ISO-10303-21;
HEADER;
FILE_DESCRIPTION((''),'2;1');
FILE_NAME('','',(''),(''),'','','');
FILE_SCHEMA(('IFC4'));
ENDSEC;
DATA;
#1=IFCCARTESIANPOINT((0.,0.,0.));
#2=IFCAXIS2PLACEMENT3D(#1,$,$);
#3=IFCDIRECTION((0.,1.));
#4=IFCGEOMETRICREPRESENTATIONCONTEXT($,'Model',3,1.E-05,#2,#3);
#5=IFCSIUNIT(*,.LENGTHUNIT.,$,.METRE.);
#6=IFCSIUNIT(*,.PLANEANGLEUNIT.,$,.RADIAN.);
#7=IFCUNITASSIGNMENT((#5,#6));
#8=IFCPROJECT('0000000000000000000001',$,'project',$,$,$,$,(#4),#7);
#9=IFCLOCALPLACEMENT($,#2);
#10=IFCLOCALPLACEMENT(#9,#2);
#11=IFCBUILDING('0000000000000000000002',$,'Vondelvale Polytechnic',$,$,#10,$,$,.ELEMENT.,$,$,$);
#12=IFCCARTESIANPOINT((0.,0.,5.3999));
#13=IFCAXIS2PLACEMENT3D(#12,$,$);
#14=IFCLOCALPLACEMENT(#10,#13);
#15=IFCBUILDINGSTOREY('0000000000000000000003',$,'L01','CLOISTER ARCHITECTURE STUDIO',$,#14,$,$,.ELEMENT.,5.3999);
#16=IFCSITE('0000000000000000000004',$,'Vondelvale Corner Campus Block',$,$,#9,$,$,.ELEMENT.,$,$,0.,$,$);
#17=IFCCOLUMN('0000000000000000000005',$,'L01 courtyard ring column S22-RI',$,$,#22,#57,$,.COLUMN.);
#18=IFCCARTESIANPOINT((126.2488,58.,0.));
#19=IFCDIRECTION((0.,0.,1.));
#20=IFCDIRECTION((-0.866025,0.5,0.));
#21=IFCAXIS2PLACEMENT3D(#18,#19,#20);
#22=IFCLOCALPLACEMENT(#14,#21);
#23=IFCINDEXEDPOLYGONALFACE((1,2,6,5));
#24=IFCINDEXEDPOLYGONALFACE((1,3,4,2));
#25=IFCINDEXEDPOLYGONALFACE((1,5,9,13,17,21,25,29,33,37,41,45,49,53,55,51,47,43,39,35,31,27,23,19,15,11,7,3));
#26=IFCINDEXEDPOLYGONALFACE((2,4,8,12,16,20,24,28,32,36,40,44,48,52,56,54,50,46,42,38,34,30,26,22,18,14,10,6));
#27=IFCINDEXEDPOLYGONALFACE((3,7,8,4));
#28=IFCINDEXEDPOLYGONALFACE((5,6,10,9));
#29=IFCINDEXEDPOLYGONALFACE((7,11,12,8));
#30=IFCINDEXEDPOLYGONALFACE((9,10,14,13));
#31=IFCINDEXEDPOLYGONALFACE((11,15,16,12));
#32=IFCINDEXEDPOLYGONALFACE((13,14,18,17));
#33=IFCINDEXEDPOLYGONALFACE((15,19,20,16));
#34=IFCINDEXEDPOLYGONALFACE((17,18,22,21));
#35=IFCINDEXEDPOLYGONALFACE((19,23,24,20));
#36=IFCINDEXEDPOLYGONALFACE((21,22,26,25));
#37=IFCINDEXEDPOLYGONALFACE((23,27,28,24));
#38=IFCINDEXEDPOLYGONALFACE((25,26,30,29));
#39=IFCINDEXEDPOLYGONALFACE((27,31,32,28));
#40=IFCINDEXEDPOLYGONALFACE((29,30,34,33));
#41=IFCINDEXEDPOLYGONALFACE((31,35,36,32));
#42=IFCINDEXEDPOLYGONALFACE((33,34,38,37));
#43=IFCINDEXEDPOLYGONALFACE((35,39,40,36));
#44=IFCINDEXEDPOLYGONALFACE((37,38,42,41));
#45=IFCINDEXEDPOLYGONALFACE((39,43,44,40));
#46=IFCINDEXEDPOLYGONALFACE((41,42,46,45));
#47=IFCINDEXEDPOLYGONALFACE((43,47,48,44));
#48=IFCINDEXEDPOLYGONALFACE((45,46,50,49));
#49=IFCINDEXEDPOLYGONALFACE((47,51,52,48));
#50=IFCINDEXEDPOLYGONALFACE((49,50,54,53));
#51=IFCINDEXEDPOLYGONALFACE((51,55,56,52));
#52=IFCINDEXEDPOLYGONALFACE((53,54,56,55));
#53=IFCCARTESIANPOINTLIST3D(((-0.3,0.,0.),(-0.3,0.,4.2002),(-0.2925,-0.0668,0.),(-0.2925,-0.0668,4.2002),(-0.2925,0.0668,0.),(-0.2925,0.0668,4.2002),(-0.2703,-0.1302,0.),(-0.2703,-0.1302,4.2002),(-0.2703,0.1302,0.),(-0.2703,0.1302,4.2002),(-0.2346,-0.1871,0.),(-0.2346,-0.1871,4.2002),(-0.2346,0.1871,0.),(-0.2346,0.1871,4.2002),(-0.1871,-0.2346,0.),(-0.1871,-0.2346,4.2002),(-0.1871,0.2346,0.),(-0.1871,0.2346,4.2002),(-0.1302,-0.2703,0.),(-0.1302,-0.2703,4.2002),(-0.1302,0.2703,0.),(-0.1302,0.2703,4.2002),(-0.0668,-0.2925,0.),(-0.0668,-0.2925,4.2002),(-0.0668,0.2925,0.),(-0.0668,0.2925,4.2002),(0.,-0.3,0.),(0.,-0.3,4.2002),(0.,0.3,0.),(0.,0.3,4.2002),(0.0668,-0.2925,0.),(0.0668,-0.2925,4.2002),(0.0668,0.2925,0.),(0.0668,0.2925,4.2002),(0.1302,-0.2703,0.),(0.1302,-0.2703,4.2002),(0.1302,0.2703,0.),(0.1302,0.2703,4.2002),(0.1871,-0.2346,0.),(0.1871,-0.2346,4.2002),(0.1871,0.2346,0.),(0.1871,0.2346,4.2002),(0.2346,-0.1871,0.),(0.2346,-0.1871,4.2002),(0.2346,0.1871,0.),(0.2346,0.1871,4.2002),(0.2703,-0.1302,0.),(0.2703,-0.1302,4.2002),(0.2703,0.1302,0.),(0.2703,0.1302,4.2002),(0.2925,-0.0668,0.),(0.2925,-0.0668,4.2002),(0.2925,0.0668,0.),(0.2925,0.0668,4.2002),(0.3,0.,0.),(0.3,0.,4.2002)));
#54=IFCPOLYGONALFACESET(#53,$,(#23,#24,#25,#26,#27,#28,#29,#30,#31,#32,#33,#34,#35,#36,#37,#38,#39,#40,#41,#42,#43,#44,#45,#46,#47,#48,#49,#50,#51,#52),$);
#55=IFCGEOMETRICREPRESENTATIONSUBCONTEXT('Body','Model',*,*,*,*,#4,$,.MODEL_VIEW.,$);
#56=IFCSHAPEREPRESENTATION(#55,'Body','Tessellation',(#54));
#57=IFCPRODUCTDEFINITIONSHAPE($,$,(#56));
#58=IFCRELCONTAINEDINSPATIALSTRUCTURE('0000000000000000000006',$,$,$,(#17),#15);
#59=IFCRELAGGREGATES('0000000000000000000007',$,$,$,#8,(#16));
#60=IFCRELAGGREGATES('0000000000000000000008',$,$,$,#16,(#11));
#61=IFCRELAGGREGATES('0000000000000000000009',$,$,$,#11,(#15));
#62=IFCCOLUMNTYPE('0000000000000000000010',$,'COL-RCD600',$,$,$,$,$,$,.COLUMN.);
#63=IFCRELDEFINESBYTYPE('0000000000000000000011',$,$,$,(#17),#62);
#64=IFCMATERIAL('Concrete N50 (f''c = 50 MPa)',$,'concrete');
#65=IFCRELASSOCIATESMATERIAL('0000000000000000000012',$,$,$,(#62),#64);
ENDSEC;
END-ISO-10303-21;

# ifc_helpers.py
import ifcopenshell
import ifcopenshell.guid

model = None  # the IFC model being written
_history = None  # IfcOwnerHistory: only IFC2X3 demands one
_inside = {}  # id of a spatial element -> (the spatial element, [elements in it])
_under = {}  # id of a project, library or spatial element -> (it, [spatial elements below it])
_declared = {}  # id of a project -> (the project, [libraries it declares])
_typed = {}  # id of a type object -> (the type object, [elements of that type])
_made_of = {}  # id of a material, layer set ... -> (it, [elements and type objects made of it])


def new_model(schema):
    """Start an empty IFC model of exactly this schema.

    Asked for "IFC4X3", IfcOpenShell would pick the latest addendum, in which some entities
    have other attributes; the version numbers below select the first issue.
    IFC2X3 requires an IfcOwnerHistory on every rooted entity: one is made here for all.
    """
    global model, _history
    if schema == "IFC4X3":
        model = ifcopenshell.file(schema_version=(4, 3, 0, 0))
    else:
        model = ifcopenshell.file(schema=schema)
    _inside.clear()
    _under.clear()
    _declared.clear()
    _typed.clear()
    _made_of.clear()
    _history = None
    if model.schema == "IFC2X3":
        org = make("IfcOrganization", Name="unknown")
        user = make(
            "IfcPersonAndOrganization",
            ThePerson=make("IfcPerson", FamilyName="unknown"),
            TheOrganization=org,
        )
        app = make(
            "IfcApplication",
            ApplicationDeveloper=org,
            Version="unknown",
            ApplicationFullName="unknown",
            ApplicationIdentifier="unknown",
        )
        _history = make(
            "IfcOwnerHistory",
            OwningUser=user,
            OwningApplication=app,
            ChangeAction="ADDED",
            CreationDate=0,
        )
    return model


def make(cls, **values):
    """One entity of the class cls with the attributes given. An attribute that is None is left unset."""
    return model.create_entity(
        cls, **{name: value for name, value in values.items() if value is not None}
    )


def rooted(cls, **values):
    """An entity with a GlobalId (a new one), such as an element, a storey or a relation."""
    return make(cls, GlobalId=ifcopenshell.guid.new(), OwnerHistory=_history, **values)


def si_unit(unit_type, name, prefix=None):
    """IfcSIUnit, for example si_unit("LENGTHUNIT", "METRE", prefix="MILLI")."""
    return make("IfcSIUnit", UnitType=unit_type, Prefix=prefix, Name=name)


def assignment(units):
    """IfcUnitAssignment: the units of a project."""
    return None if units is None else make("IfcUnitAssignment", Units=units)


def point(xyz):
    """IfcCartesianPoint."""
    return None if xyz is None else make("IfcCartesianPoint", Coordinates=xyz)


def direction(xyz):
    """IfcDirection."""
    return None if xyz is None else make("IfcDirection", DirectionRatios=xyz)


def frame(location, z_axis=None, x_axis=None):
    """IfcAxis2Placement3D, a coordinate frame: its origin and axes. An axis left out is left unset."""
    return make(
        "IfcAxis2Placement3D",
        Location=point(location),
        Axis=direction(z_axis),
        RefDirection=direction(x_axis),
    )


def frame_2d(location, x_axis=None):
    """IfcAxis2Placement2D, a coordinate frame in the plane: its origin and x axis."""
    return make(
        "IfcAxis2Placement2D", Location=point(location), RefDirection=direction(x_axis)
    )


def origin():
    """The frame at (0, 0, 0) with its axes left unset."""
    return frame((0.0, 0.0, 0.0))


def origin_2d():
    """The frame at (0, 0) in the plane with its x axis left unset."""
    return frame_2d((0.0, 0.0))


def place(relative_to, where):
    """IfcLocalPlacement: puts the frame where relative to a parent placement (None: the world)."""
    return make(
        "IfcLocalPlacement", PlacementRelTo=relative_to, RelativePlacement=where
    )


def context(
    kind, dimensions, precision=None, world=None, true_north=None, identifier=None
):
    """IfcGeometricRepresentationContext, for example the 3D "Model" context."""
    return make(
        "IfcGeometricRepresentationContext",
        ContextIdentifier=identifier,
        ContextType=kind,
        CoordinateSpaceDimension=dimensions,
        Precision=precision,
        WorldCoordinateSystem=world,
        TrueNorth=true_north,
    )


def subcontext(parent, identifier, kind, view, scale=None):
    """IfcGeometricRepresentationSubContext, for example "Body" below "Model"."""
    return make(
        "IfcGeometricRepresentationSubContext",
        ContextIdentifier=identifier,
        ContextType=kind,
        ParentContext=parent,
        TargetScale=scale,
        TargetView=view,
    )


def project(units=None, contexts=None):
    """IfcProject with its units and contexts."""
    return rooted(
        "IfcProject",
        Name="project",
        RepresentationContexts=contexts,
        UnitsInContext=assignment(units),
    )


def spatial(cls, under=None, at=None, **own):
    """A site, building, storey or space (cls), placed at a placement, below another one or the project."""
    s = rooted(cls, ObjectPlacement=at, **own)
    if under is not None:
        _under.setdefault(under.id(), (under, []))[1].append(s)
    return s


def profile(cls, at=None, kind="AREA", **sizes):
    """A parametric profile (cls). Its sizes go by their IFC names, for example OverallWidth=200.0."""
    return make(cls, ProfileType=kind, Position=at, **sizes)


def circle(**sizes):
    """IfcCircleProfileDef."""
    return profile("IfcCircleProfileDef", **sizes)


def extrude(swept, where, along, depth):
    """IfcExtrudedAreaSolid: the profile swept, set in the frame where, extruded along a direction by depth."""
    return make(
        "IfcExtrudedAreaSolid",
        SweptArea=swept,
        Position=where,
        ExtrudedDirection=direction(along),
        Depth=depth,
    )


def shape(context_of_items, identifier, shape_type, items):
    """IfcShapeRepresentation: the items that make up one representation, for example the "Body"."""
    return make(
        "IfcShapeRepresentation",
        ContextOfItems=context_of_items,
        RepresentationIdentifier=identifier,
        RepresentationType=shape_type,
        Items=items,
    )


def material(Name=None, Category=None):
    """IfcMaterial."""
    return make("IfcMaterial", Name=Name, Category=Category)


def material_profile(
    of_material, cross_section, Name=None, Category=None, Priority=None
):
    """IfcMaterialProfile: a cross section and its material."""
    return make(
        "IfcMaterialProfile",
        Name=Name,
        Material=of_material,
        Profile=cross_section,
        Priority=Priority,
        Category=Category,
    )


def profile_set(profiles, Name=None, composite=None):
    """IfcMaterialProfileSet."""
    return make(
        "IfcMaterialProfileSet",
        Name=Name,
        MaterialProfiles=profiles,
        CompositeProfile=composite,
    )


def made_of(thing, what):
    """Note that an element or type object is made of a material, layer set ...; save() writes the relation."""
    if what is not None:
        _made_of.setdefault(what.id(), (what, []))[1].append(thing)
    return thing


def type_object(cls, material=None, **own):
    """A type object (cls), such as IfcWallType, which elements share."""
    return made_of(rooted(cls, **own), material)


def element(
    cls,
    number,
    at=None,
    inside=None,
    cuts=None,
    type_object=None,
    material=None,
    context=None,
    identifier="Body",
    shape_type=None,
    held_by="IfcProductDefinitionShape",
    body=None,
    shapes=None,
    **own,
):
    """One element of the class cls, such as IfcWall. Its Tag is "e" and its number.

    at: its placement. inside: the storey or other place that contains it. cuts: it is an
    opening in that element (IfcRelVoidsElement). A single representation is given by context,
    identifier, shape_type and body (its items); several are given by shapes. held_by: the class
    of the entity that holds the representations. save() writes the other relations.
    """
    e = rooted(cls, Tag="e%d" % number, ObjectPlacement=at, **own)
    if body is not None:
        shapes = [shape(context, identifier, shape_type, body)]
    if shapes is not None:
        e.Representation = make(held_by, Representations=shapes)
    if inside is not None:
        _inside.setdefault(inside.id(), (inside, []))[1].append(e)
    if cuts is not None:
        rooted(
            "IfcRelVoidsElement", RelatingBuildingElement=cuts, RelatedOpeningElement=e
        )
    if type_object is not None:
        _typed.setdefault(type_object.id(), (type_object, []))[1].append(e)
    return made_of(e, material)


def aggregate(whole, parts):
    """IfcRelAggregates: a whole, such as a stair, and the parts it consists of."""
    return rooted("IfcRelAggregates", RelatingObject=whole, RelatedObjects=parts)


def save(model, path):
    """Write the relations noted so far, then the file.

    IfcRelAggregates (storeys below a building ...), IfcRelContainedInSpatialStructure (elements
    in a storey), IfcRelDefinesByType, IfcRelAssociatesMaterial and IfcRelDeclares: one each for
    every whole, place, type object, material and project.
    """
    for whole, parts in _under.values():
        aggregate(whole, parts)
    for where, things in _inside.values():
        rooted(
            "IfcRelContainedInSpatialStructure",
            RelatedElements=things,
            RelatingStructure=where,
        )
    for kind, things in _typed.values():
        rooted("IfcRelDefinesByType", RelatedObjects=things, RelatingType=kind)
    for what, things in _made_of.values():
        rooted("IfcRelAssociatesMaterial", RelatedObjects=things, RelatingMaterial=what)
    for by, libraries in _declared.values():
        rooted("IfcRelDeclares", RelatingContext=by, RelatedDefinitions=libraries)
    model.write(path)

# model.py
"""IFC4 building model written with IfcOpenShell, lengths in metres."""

from ifc_helpers import new_model, si_unit, direction, frame, origin, origin_2d, place, context, subcontext, project, spatial, circle, extrude, material, material_profile, profile_set, type_object, element, save


model = new_model("IFC4")

# Units and contexts
model_context = context("Model", 3, precision=1e-05, world=origin(), true_north=direction((0.0, 1.0)))
body_context = subcontext(model_context, "Body", "Model", "MODEL_VIEW")
ifc_project = project(units=[si_unit("LENGTHUNIT", "METRE"), si_unit("PLANEANGLEUNIT", "RADIAN")], contexts=[model_context])

# Site, building, storey
site_placement = place(None, origin())
site = spatial("IfcSite", under=ifc_project, at=site_placement, Name="Vondelvale Corner Campus Block", CompositionType="ELEMENT", RefElevation=0.0)
building_placement = place(site_placement, origin())
building = spatial("IfcBuilding", under=site, at=building_placement, Name="Vondelvale Polytechnic", CompositionType="ELEMENT")
storey_placement = place(building_placement, frame((0.0, 0.0, 5.3999)))
storey = spatial("IfcBuildingStorey", under=building, at=storey_placement, Name="L01", Description="CLOISTER ARCHITECTURE STUDIO", CompositionType="ELEMENT", Elevation=5.3999)

# Column
ifc_material_1 = material(Name="Concrete N50 (f'c = 50 MPa)", Category="concrete")
ifc_material_profile_1 = material_profile(ifc_material_1, circle(Radius=0.3, at=origin_2d()), Name="RC-COL-D600")
ifc_profile_set_1 = profile_set([ifc_material_profile_1], Name="Concrete N50 (f'c = 50 MPa)")
column_type_1 = type_object("IfcColumnType", Name="COL-RCD600", PredefinedType="COLUMN", material=ifc_profile_set_1)
column_placement = place(storey_placement, frame((126.2488, 58.0, 0.0), z_axis=(0.0, 0.0, 1.0), x_axis=(-0.866025, 0.5, 0.0)))
element("IfcColumn", 1, at=column_placement, inside=storey, type_object=column_type_1, Name="L01 courtyard ring column S22-RI", PredefinedType="COLUMN", context=body_context, shape_type="SweptSolid", body=[
    extrude(circle(Radius=0.3, at=origin_2d()), origin(), (0.0, 0.0, 1.0), 4.2002),
])

save(model, "model.ifc")
